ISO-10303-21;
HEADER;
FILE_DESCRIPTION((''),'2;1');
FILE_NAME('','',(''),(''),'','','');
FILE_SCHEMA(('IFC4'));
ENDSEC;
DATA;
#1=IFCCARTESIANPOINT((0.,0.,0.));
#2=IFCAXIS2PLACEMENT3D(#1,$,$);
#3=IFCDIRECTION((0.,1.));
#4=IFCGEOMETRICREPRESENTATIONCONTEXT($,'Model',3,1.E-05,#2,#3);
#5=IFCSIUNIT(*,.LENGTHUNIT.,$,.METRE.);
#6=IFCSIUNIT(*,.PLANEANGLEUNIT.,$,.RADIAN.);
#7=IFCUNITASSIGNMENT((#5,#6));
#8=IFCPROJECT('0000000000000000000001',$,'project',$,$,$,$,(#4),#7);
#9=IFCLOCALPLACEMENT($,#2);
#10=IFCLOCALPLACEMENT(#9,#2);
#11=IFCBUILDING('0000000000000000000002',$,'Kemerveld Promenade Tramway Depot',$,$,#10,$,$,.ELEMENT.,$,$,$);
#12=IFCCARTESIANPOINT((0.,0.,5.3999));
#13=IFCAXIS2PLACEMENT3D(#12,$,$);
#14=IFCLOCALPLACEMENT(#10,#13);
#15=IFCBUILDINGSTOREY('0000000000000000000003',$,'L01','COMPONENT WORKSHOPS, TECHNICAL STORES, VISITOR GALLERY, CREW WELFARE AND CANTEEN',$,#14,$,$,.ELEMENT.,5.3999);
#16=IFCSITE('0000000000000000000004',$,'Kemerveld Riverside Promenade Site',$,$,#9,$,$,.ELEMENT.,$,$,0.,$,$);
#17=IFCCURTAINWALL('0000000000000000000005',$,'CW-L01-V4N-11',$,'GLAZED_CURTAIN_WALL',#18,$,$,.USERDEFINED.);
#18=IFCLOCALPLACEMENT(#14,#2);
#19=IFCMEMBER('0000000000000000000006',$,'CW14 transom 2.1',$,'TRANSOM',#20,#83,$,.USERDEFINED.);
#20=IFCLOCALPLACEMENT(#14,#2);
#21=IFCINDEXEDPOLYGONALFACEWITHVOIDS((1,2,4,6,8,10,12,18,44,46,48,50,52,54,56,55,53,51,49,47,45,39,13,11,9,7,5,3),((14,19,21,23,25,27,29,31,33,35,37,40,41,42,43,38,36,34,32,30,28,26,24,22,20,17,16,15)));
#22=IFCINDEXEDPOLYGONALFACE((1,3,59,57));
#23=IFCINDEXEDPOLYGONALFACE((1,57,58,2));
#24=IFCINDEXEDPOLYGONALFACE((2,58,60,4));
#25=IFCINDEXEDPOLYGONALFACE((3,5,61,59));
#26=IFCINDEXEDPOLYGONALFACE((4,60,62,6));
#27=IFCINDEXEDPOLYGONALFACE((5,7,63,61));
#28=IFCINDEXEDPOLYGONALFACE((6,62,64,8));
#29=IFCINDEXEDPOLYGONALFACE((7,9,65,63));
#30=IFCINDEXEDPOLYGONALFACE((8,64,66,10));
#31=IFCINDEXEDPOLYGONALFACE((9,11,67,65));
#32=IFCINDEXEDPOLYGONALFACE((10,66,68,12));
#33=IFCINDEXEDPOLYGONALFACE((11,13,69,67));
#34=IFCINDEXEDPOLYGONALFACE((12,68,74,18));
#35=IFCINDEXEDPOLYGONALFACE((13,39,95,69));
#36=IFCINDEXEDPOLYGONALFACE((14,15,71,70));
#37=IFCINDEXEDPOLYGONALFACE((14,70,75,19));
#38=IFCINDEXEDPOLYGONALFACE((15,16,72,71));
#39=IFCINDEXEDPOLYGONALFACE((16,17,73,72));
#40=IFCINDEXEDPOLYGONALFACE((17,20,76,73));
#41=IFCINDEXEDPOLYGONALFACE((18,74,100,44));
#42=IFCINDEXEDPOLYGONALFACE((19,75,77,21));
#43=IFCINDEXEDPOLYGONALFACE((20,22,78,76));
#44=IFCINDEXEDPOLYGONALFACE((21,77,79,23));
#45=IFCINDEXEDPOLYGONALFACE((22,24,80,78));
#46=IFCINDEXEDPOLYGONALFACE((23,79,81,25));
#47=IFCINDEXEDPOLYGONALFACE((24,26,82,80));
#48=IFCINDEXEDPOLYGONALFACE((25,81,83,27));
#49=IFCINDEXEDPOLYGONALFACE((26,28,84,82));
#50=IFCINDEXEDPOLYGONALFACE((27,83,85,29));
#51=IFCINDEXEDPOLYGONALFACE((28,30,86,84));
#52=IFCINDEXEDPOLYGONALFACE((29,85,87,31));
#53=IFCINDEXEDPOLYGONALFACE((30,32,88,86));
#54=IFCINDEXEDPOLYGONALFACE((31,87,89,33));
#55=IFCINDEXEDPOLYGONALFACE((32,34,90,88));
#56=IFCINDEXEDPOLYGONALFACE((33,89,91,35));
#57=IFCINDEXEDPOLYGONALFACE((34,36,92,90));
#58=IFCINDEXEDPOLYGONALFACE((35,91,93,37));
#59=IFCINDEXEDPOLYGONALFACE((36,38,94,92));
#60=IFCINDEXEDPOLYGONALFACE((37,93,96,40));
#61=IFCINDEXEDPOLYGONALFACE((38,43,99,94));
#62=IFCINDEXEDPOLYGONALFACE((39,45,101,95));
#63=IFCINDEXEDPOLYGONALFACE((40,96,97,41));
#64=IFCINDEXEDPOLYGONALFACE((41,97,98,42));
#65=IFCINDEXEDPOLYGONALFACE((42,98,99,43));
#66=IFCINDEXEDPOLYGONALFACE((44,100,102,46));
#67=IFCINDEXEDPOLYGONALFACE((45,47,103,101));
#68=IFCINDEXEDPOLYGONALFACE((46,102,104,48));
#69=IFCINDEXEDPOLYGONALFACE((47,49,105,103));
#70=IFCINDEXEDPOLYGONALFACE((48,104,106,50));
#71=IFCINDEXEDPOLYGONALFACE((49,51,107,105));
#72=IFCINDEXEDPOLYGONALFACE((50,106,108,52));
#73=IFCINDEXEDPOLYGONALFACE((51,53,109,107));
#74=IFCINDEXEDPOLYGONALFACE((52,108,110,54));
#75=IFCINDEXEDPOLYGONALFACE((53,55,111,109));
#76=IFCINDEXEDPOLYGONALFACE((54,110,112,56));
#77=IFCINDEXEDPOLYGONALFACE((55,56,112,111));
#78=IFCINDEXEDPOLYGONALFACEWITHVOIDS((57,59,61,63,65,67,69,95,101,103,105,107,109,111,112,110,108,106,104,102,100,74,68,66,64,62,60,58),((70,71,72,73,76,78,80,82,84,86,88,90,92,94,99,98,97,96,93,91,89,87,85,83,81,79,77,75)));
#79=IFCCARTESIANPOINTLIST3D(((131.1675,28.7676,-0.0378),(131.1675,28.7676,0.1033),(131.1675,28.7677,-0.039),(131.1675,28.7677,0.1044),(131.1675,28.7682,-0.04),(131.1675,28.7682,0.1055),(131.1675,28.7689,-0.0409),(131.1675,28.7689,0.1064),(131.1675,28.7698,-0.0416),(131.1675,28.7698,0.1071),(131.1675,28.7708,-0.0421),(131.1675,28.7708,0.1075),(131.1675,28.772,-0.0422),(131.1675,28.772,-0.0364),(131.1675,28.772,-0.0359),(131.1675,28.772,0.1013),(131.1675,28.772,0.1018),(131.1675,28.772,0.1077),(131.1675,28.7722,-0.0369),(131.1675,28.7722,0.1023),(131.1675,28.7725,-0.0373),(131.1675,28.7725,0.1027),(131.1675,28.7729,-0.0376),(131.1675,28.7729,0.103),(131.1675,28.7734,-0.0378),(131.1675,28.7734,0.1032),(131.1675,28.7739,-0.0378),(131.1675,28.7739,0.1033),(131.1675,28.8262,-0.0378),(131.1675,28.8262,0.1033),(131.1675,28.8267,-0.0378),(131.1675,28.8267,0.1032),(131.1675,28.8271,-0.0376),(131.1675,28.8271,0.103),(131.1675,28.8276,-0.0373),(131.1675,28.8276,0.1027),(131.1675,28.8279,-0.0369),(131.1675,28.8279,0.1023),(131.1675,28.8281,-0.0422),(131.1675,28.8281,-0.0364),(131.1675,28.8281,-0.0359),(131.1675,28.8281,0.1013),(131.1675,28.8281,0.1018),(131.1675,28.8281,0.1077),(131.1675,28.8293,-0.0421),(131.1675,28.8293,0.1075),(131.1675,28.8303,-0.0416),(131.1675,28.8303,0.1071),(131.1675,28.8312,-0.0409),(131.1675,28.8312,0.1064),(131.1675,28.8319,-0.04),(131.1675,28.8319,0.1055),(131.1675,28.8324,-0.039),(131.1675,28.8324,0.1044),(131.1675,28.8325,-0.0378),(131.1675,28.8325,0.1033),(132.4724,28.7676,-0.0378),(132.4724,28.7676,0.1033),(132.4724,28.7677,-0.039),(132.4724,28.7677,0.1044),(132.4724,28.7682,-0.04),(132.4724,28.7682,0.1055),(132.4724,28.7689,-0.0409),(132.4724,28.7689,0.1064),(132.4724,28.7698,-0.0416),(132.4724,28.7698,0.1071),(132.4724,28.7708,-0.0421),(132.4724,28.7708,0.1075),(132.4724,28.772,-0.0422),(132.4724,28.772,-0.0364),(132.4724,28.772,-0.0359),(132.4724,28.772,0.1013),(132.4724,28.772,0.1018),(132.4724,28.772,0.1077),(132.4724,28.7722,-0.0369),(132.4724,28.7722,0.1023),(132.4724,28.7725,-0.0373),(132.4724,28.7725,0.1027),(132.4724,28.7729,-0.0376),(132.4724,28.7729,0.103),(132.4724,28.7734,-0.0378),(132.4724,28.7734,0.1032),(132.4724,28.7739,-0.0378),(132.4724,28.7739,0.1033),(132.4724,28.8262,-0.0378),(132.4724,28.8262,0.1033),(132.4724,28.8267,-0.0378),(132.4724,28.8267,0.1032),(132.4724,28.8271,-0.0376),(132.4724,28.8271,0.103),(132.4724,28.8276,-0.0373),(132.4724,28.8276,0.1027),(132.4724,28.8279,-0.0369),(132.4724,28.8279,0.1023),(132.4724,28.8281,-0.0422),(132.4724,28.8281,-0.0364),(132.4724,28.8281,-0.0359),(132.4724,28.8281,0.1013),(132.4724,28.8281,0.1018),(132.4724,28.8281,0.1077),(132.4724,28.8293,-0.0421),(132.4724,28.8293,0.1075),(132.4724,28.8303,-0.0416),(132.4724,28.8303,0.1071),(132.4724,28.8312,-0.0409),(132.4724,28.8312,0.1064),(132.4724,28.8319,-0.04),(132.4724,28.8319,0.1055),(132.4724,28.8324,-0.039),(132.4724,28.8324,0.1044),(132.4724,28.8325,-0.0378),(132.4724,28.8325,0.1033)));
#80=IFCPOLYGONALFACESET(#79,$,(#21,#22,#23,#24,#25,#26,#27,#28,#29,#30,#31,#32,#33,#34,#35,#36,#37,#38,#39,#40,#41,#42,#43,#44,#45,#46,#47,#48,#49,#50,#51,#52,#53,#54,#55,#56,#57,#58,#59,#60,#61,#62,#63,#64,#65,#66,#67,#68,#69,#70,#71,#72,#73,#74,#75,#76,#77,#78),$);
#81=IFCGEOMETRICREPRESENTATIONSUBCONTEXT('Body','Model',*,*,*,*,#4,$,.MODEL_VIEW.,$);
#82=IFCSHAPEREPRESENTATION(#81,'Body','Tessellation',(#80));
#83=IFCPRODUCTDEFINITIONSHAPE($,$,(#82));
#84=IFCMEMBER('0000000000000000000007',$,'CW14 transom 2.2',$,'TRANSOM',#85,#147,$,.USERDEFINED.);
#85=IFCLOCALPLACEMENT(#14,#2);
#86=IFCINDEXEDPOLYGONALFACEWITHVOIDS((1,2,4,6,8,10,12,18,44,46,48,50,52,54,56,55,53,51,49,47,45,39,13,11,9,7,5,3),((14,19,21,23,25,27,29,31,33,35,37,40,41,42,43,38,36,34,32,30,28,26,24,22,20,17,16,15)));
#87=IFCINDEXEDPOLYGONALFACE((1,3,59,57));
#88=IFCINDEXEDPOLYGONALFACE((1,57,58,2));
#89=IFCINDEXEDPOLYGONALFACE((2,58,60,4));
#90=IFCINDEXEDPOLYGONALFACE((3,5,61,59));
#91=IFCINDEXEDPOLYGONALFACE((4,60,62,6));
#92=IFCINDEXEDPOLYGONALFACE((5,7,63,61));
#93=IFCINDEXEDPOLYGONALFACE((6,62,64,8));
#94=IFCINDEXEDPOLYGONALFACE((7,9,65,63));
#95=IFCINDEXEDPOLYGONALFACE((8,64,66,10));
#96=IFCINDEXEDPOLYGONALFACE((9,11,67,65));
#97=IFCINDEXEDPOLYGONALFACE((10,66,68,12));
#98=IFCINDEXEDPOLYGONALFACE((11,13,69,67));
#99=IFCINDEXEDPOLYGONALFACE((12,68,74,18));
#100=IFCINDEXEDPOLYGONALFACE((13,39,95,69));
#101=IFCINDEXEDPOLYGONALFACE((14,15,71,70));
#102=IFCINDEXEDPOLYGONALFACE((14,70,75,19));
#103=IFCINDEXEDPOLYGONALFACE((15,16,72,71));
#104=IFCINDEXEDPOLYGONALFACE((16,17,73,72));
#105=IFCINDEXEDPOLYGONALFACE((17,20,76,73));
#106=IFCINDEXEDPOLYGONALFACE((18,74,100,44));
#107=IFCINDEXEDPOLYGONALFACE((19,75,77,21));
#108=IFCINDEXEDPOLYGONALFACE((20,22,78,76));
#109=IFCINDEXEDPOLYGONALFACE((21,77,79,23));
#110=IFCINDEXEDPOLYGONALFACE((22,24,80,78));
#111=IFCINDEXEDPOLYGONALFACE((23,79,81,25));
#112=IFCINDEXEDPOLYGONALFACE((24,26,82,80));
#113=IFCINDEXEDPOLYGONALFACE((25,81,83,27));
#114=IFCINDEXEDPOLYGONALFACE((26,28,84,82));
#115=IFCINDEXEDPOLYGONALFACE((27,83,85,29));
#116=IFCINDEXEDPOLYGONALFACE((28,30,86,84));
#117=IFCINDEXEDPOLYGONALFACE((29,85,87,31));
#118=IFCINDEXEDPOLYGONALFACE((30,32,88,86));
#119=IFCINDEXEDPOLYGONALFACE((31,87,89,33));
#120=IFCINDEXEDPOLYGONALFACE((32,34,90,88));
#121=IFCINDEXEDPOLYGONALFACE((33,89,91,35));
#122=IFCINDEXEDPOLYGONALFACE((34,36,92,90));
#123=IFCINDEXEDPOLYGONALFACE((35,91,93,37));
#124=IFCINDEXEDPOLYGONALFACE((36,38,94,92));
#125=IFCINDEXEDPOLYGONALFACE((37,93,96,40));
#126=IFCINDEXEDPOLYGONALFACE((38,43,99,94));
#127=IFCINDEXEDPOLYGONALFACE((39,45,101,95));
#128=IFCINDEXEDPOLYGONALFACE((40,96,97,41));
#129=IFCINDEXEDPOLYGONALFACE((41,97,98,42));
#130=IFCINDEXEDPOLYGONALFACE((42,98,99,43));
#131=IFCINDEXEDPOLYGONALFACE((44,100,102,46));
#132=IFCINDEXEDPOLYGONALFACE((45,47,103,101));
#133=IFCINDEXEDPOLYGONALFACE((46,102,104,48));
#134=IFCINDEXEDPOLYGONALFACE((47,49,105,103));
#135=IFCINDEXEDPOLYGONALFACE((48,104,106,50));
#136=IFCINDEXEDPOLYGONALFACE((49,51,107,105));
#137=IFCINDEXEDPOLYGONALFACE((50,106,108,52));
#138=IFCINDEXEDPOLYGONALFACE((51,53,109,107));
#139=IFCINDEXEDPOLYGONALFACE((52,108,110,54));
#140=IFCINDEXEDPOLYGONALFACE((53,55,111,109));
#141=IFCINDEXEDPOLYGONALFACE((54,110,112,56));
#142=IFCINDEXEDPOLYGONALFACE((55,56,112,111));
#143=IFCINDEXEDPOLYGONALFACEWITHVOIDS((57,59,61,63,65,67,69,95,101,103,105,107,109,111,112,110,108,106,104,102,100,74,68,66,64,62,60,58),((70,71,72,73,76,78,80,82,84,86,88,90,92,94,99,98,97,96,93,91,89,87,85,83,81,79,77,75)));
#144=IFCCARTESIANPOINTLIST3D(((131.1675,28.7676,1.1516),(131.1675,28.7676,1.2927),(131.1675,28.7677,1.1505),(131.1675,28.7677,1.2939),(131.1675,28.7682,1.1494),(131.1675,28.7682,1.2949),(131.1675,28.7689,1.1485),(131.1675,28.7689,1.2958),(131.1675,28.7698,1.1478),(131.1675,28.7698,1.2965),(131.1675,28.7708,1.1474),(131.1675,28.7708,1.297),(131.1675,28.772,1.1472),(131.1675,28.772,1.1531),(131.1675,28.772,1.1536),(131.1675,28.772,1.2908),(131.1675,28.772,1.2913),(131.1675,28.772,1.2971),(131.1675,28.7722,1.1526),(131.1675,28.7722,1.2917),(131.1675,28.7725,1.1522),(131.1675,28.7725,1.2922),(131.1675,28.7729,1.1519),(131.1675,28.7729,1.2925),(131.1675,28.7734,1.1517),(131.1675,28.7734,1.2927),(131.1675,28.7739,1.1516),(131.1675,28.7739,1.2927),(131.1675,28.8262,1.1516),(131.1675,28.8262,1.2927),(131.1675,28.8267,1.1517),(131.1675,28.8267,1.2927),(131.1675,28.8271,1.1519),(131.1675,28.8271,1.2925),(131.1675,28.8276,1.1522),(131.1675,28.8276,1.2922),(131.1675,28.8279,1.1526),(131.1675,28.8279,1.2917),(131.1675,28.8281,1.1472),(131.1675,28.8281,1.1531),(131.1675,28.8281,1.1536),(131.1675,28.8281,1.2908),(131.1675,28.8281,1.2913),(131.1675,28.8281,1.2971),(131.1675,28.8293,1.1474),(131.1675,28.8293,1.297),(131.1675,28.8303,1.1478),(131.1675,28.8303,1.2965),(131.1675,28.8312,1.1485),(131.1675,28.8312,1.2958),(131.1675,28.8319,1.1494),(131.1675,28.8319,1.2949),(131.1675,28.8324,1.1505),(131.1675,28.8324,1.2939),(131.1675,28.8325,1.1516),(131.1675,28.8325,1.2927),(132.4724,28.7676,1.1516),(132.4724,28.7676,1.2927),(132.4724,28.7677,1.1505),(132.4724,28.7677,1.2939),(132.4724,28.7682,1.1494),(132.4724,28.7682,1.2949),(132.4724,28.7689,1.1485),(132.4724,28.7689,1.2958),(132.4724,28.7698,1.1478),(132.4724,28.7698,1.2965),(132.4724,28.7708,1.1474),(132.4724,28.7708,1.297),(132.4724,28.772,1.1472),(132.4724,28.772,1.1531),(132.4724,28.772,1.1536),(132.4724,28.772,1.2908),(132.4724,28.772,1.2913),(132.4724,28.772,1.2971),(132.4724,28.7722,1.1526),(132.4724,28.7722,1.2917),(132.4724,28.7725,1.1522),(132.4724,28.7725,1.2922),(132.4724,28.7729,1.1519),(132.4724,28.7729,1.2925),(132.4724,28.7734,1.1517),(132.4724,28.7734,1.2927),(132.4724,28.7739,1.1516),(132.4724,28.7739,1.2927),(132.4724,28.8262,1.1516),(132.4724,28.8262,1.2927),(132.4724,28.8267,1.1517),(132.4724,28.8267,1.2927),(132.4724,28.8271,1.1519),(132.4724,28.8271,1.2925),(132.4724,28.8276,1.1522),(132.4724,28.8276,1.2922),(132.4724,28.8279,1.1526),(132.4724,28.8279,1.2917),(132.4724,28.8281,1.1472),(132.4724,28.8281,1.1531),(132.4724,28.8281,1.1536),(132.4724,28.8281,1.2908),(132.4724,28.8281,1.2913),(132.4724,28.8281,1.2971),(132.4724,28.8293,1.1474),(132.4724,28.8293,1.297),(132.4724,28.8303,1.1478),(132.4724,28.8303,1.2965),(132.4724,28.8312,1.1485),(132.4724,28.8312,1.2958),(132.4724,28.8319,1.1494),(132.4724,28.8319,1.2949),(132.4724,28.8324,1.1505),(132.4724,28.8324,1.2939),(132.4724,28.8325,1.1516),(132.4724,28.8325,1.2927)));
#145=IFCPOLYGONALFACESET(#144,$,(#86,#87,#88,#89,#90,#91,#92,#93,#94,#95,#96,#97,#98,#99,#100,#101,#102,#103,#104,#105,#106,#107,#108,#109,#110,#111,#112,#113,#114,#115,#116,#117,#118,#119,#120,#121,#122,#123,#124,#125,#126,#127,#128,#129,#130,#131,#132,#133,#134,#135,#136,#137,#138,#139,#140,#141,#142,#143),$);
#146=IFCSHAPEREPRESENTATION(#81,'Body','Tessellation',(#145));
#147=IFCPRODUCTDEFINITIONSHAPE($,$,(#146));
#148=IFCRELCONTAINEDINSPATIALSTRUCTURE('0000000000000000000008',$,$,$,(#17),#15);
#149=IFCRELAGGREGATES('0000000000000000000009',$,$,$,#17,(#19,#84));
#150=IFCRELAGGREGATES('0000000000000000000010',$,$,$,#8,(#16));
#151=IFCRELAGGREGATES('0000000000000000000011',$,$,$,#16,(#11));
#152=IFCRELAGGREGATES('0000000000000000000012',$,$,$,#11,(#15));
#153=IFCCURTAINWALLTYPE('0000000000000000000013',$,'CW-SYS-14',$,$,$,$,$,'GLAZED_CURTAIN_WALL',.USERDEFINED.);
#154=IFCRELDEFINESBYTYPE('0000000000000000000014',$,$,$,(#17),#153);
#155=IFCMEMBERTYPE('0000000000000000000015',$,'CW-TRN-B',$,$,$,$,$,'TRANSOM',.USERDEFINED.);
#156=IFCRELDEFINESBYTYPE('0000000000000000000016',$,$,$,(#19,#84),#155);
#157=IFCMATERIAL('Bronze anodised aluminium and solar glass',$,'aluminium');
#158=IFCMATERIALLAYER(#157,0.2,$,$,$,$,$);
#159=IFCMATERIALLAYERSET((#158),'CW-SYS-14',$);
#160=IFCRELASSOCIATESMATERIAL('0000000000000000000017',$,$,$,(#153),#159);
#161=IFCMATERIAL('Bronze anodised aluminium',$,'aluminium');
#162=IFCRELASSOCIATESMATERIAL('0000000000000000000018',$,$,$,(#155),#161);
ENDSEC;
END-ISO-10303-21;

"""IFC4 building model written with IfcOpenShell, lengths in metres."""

from ifc_helpers import new_model, si_unit, direction, frame, origin, origin_2d, place, context, subcontext, project, spatial, hollow_rectangle, extrude, material, layer, layer_set, material_profile, profile_set, type_object, element, aggregate, save


model = new_model("IFC4")

# Units and contexts
model_context = context("Model", 3, precision=1e-05, world=origin(), true_north=direction((0.0, 1.0)))
body_context = subcontext(model_context, "Body", "Model", "MODEL_VIEW")
ifc_project = project(units=[si_unit("LENGTHUNIT", "METRE"), si_unit("PLANEANGLEUNIT", "RADIAN")], contexts=[model_context])

# Site, building, storey
site_placement = place(None, origin())
site = spatial("IfcSite", under=ifc_project, at=site_placement, Name="Kemerveld Riverside Promenade Site", CompositionType="ELEMENT", RefElevation=0.0)
building_placement = place(site_placement, origin())
building = spatial("IfcBuilding", under=site, at=building_placement, Name="Kemerveld Promenade Tramway Depot", CompositionType="ELEMENT")
storey_placement = place(building_placement, frame((0.0, 0.0, 5.3999)))
storey = spatial("IfcBuildingStorey", under=building, at=storey_placement, Name="L01", Description="COMPONENT WORKSHOPS, TECHNICAL STORES, VISITOR GALLERY, CREW WELFARE AND CANTEEN", CompositionType="ELEMENT", Elevation=5.3999)

# Curtain wall, members
ifc_material_1 = material(Name="Bronze anodised aluminium and solar glass", Category="aluminium")
ifc_layer_1 = layer(ifc_material_1, 0.2)
ifc_layer_set_1 = layer_set([ifc_layer_1], Name="CW-SYS-14")
curtain_wall_type = type_object("IfcCurtainWallType", Name="CW-SYS-14", ElementType="GLAZED_CURTAIN_WALL", PredefinedType="USERDEFINED", material=ifc_layer_set_1)
curtain_wall_placement = place(storey_placement, origin())
curtain_wall = element("IfcCurtainWall", 1, at=curtain_wall_placement, inside=storey, type_object=curtain_wall_type, Name="CW-L01-V4N-11", ObjectType="GLAZED_CURTAIN_WALL", PredefinedType="USERDEFINED")
ifc_material_2 = material(Name="Bronze anodised aluminium", Category="aluminium")
ifc_material_profile_1 = material_profile(ifc_material_2, hollow_rectangle(XDim=0.0649, YDim=0.1499, WallThickness=0.0044, InnerFilletRadius=0.002, OuterFilletRadius=0.0044, at=origin_2d()), Name="CW-TRN-150x65")
ifc_profile_set_1 = profile_set([ifc_material_profile_1], Name="Bronze anodised aluminium")
member_type_1 = type_object("IfcMemberType", Name="CW-TRN-B", ElementType="TRANSOM", PredefinedType="USERDEFINED", material=ifc_profile_set_1)
member_1_placement = place(storey_placement, frame((131.1675, 28.8, 0.0327), z_axis=(1.0, 0.0, 0.0), x_axis=(0.0, 1.0, 0.0)))
member_1 = element("IfcMember", 2, at=member_1_placement, type_object=member_type_1, Name="CW14 transom 2.1", ObjectType="TRANSOM", PredefinedType="USERDEFINED", context=body_context, shape_type="SweptSolid", body=[
    extrude(hollow_rectangle(XDim=0.0649, YDim=0.1499, WallThickness=0.0044, InnerFilletRadius=0.002, OuterFilletRadius=0.0044, at=origin_2d()), origin(), (0.0, 0.0, 1.0), 1.3049),
])
member_2_placement = place(storey_placement, frame((131.1675, 28.8, 1.2222), z_axis=(1.0, 0.0, 0.0), x_axis=(0.0, 1.0, 0.0)))
member_2 = element("IfcMember", 3, at=member_2_placement, type_object=member_type_1, Name="CW14 transom 2.2", ObjectType="TRANSOM", PredefinedType="USERDEFINED", context=body_context, shape_type="SweptSolid", body=[
    extrude(hollow_rectangle(XDim=0.0649, YDim=0.1499, WallThickness=0.0044, InnerFilletRadius=0.002, OuterFilletRadius=0.0044, at=origin_2d()), origin(), (0.0, 0.0, 1.0), 1.3049),
])
aggregate(curtain_wall, [member_1, member_2])

save(model, "model.ifc")
